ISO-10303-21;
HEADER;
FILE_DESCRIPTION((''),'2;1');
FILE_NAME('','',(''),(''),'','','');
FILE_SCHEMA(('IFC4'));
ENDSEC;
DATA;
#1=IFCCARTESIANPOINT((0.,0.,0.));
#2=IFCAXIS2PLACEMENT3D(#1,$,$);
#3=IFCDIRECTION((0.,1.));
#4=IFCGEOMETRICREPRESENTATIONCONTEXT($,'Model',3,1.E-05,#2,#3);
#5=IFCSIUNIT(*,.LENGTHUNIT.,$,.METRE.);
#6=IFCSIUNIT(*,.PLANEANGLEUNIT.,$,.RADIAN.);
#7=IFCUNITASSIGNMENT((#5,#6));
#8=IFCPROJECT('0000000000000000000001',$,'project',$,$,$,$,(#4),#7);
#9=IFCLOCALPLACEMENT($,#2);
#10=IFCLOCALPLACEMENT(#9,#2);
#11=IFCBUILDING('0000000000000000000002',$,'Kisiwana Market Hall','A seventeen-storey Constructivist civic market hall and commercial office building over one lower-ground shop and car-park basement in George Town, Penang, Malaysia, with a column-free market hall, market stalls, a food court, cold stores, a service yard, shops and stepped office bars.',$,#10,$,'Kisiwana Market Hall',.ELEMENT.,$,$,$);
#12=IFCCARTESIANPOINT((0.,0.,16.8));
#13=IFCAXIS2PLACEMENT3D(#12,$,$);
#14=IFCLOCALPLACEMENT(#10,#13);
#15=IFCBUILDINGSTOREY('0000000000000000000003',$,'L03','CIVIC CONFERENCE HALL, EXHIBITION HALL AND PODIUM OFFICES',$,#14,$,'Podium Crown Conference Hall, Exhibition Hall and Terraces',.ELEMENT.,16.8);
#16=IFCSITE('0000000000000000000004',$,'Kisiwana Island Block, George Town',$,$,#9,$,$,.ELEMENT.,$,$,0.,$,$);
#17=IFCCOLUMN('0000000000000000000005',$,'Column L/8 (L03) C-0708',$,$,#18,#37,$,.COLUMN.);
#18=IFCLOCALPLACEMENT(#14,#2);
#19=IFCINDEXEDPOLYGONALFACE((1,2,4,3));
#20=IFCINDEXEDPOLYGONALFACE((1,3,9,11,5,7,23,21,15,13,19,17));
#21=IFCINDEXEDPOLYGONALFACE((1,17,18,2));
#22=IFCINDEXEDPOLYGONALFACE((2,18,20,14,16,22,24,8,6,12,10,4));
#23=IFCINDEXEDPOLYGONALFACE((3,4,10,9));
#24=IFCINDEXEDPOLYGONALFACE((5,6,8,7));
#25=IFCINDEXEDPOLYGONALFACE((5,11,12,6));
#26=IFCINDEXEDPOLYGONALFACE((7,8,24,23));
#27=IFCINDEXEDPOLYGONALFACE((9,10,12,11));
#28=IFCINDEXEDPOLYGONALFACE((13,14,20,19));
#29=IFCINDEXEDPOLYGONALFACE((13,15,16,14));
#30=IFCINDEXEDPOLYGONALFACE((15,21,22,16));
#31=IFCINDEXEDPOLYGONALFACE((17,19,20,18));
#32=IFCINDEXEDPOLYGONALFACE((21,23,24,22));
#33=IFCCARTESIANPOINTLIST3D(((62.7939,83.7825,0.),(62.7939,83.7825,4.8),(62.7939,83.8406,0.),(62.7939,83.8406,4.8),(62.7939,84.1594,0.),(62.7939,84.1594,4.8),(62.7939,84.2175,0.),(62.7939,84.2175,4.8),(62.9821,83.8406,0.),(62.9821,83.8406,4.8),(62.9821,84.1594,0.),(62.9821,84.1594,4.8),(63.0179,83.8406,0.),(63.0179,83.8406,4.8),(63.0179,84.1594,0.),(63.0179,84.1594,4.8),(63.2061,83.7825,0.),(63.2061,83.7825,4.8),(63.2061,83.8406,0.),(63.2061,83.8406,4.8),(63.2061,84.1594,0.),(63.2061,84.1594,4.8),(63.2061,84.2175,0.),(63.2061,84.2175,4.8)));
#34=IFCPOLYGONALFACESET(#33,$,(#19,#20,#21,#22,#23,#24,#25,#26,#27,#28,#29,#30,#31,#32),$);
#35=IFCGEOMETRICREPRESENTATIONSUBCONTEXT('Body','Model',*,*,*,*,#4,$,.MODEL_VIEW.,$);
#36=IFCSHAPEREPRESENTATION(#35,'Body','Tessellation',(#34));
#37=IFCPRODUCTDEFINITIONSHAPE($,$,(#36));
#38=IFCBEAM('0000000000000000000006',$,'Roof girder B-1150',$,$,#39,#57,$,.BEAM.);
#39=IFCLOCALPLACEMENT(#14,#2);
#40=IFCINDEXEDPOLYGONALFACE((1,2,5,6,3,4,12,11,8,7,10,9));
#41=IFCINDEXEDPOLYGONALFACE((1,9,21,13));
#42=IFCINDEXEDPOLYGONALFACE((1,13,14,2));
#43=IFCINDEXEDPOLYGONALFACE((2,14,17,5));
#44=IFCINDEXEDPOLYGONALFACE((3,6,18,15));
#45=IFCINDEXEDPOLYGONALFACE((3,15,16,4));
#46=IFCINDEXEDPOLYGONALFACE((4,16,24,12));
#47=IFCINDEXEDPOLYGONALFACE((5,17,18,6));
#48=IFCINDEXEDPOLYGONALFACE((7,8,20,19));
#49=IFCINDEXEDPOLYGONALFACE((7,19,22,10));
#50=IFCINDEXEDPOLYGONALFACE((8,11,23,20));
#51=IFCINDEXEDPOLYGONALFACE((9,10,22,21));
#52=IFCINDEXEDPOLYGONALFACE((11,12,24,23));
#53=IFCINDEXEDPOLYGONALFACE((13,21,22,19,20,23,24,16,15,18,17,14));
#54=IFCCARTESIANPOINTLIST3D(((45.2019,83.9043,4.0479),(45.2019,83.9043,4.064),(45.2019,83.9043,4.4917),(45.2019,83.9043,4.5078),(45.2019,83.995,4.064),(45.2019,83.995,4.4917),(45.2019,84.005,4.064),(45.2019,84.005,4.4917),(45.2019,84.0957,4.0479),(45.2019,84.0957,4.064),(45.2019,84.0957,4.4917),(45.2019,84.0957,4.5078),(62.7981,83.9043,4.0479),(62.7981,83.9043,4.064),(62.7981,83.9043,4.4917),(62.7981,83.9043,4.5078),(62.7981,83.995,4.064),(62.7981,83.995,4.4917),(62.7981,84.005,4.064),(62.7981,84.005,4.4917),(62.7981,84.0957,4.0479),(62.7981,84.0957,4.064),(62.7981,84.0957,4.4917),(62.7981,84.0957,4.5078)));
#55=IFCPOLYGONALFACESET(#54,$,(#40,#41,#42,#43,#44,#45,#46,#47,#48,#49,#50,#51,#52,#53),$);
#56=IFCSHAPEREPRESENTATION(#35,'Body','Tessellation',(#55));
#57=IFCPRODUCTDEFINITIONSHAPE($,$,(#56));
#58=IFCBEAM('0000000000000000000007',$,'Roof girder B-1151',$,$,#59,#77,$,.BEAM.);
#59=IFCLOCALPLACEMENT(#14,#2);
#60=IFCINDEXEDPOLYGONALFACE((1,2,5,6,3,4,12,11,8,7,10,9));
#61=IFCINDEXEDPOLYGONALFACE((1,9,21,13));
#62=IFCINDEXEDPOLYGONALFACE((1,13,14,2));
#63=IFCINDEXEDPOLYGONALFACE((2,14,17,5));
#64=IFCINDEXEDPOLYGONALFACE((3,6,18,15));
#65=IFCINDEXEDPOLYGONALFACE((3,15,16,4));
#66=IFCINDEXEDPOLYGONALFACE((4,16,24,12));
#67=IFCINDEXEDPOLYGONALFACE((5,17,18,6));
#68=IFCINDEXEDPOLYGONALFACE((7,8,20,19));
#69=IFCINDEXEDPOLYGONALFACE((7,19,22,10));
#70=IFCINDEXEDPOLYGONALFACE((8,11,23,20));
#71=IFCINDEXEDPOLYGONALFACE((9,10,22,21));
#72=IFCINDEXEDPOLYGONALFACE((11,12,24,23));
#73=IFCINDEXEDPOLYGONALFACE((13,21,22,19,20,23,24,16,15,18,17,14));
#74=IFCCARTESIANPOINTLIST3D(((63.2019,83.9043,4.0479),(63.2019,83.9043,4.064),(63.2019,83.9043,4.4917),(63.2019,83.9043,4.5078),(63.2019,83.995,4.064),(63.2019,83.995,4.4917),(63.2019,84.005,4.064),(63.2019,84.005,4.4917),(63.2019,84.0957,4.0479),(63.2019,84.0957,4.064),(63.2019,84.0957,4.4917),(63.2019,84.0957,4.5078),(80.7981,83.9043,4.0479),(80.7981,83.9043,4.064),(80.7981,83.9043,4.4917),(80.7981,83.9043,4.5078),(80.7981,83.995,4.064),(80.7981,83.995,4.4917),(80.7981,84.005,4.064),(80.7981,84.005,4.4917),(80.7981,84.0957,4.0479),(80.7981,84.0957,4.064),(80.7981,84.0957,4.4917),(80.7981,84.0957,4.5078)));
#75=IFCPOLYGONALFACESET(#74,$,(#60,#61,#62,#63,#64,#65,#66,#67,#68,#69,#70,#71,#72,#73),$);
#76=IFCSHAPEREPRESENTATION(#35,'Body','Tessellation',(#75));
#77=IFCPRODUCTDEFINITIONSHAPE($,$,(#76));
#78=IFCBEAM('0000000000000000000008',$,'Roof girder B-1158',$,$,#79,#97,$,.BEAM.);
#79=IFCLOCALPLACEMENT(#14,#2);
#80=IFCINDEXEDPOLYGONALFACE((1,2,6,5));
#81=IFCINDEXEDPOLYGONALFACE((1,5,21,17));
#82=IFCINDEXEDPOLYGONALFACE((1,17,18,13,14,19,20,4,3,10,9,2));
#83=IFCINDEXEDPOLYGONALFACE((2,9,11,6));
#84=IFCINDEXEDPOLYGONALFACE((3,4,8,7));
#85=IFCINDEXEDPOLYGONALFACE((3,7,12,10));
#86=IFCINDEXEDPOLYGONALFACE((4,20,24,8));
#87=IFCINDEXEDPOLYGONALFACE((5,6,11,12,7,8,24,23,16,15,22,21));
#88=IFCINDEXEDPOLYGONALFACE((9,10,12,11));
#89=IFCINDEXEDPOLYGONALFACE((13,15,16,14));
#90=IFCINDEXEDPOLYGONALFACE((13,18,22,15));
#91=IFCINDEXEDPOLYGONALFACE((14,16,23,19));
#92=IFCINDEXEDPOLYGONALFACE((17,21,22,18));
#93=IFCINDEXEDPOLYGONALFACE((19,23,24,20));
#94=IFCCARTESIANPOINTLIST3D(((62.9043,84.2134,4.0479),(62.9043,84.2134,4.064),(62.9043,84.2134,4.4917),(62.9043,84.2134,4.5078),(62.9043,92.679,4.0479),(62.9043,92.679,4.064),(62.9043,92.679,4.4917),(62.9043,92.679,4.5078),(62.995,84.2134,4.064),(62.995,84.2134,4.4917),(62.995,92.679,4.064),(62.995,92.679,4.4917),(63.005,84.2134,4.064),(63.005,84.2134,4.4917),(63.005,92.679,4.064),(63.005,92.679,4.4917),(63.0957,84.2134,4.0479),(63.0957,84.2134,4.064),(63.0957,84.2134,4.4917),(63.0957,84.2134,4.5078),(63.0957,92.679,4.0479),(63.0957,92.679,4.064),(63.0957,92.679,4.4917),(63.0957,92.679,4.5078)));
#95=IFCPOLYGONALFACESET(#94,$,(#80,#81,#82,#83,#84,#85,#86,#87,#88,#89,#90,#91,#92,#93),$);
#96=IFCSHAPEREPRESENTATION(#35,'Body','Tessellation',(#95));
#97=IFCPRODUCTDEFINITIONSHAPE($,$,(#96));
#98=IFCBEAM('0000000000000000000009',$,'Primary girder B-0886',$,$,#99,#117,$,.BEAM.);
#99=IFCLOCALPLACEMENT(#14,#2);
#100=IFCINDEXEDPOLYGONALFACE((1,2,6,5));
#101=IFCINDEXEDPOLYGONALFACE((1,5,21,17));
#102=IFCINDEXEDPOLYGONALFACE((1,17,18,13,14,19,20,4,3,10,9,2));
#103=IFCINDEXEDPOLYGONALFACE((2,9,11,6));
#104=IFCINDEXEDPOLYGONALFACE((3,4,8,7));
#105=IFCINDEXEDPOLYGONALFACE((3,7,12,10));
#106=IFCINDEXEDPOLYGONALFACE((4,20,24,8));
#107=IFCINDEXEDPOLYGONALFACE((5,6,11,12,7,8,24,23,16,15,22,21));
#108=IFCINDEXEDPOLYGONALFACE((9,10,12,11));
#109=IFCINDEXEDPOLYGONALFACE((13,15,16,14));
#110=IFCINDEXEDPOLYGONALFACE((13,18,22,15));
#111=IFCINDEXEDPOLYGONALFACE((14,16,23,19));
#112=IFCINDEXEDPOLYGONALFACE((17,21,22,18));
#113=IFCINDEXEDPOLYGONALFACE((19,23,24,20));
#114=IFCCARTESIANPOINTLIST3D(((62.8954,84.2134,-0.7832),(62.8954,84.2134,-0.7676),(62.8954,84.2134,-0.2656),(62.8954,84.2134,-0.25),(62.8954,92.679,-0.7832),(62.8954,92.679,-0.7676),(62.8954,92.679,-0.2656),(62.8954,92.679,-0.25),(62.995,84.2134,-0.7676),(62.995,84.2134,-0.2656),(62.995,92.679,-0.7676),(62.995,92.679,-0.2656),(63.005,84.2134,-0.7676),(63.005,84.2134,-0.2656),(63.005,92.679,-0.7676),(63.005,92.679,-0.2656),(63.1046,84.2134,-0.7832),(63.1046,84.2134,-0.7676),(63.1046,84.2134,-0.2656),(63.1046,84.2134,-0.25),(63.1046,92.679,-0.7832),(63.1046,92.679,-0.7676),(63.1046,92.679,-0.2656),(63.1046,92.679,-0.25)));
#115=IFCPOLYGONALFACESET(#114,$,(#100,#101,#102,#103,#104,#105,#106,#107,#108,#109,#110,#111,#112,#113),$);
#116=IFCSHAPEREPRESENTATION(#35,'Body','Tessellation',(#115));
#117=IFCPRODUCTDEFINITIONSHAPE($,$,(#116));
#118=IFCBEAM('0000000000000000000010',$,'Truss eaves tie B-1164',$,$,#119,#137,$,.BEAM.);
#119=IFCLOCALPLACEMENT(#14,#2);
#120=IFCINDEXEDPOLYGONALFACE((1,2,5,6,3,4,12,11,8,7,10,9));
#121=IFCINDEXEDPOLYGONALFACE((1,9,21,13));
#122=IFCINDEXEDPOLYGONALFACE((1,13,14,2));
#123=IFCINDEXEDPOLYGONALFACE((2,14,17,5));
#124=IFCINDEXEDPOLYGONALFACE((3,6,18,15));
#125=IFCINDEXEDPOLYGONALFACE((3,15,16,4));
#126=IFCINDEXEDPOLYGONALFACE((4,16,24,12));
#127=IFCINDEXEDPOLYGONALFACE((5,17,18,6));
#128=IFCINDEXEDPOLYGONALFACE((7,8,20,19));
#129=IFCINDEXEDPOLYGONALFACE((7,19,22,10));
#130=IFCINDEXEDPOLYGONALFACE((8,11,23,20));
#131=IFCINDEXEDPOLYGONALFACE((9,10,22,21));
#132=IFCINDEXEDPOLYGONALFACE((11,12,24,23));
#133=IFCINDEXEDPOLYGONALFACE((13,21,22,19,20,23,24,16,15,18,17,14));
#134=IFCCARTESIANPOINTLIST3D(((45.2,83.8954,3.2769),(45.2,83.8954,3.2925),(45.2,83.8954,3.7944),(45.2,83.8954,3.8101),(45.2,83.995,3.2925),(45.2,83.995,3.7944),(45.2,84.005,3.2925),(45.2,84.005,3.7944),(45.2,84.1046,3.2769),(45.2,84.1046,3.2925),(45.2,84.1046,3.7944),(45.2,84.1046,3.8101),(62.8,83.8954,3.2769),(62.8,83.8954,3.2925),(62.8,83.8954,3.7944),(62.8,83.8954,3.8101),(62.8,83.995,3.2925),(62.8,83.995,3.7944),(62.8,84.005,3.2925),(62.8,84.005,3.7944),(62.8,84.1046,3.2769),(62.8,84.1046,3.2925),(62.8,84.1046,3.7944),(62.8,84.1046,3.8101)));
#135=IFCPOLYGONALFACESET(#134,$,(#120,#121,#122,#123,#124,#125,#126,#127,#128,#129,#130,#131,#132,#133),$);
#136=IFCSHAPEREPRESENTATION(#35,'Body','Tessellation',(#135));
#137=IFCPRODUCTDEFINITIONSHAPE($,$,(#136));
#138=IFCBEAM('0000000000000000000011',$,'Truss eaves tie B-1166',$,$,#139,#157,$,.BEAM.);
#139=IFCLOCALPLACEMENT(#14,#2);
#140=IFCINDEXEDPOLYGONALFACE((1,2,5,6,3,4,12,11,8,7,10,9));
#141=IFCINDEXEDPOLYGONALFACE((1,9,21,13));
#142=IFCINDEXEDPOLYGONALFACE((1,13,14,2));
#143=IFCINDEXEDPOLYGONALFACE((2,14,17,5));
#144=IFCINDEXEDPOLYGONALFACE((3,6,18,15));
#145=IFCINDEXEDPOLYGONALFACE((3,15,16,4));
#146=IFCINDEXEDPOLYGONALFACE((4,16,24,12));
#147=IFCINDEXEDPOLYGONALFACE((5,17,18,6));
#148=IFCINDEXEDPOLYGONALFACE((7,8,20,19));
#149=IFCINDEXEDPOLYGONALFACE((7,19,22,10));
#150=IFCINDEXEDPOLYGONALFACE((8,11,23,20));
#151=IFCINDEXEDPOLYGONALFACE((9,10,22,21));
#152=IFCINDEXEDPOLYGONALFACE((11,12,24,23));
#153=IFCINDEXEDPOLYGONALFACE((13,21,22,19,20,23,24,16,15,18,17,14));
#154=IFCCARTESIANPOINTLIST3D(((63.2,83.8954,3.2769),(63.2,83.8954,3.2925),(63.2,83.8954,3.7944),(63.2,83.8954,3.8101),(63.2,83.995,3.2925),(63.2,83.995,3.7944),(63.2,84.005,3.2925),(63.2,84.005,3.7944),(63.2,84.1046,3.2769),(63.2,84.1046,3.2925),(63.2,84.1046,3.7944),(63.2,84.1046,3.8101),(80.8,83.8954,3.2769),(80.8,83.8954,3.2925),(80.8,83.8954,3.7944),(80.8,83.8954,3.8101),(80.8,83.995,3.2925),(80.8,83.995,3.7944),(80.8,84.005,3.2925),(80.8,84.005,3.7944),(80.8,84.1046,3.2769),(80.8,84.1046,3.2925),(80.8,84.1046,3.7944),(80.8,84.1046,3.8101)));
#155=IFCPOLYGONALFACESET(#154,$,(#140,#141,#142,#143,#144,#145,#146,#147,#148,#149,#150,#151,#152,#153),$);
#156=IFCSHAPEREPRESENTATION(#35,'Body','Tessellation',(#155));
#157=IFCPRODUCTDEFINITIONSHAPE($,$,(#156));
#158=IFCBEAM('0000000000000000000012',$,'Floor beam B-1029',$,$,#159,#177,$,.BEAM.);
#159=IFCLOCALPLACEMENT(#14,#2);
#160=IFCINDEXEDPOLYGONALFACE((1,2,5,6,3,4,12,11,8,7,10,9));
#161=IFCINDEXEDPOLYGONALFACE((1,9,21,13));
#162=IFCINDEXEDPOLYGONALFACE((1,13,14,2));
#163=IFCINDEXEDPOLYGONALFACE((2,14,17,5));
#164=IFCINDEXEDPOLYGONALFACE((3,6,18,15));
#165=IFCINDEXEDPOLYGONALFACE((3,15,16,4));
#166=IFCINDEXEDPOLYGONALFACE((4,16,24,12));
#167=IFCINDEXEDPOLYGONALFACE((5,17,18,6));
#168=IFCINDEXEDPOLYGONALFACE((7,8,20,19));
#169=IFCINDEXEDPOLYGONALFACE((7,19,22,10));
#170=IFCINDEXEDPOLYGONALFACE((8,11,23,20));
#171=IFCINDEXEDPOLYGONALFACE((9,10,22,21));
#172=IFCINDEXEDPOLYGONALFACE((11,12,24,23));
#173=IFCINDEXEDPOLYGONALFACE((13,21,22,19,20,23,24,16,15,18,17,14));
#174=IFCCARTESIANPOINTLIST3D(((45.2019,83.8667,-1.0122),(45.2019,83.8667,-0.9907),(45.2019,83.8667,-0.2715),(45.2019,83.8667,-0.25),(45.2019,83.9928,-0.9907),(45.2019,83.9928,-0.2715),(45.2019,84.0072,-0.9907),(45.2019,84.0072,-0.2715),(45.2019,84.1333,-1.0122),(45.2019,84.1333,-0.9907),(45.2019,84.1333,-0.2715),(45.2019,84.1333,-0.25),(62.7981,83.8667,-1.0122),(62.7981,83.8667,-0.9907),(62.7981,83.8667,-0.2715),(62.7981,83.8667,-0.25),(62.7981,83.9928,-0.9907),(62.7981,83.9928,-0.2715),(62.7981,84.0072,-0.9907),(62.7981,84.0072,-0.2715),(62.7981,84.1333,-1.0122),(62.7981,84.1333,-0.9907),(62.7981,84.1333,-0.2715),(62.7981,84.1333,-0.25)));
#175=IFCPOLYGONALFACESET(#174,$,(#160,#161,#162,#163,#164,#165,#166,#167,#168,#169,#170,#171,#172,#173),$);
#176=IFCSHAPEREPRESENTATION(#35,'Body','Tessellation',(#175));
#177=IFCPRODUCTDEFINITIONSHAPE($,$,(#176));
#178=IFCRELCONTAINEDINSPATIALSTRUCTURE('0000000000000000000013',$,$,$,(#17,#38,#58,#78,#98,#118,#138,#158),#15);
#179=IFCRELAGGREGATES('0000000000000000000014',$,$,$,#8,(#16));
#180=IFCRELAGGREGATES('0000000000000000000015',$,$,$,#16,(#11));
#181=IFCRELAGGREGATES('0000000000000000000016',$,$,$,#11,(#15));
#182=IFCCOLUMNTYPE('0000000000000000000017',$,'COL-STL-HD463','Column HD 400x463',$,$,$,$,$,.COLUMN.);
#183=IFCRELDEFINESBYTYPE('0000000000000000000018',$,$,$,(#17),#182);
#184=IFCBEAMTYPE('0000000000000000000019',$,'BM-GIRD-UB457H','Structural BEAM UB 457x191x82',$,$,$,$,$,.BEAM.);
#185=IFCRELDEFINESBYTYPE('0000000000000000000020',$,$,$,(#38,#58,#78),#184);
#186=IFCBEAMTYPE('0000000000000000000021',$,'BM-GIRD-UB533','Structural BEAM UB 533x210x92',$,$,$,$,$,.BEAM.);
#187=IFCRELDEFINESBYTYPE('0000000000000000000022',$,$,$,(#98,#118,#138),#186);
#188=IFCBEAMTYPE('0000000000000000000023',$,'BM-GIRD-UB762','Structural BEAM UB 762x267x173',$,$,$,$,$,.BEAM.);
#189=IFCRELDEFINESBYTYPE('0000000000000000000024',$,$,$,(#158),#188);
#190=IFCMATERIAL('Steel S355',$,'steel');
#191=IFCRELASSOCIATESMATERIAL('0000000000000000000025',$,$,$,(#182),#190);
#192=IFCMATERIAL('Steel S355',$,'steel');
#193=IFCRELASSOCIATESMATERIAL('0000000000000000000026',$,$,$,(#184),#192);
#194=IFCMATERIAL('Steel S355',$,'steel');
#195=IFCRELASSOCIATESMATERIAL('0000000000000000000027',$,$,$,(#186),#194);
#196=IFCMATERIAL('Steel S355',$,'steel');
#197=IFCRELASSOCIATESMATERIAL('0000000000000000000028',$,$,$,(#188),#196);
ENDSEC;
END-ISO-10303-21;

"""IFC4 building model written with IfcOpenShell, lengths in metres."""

from ifc_helpers import new_model, si_unit, direction, frame, origin, origin_2d, place, context, subcontext, project, spatial, i_section, extrude, material, material_profile, profile_set, type_object, element, save


model = new_model("IFC4")

# Units and contexts
model_context = context("Model", 3, precision=1e-05, world=origin(), true_north=direction((0.0, 1.0)))
body_context = subcontext(model_context, "Body", "Model", "MODEL_VIEW")
ifc_project = project(units=[si_unit("LENGTHUNIT", "METRE"), si_unit("PLANEANGLEUNIT", "RADIAN")], contexts=[model_context])

# Site, building, storey
site_placement = place(None, origin())
site = spatial("IfcSite", under=ifc_project, at=site_placement, Name="Kisiwana Island Block, George Town", CompositionType="ELEMENT", RefElevation=0.0)
building_placement = place(site_placement, origin())
building = spatial("IfcBuilding", under=site, at=building_placement, Name="Kisiwana Market Hall", Description="A seventeen-storey Constructivist civic market hall and commercial office building over one lower-ground shop and car-park basement in George Town, Penang, Malaysia, with a column-free market hall, market stalls, a food court, cold stores, a service yard, shops and stepped office bars.", LongName="Kisiwana Market Hall", CompositionType="ELEMENT")
storey_placement = place(building_placement, frame((0.0, 0.0, 16.8)))
storey = spatial("IfcBuildingStorey", under=building, at=storey_placement, Name="L03", Description="CIVIC CONFERENCE HALL, EXHIBITION HALL AND PODIUM OFFICES", LongName="Podium Crown Conference Hall, Exhibition Hall and Terraces", CompositionType="ELEMENT", Elevation=16.8)

# Column
ifc_material_1 = material(Name="Steel S355", Category="steel")
ifc_material_profile_1 = material_profile(ifc_material_1, i_section(OverallWidth=0.4121, OverallDepth=0.4351, WebThickness=0.0359, FlangeThickness=0.0581, at=origin_2d()), Name="HD 400x463")
ifc_profile_set_1 = profile_set([ifc_material_profile_1], Name="Steel S355")
column_type = type_object("IfcColumnType", Name="COL-STL-HD463", Description="Column HD 400x463", PredefinedType="COLUMN", material=ifc_profile_set_1)
column_placement = place(storey_placement, frame((63.0, 84.0, 0.0), z_axis=(0.0, 0.0, 1.0), x_axis=(1.0, 0.0, 0.0)))
element("IfcColumn", 1, at=column_placement, inside=storey, type_object=column_type, Name="Column L/8 (L03) C-0708", PredefinedType="COLUMN", context=body_context, shape_type="SweptSolid", body=[
    extrude(i_section(OverallWidth=0.4121, OverallDepth=0.4351, WebThickness=0.0359, FlangeThickness=0.0581, at=origin_2d()), origin(), (0.0, 0.0, 1.0), 4.8),
])

# Beams
ifc_material_2 = material(Name="Steel S355", Category="steel")
ifc_material_profile_2 = material_profile(ifc_material_2, i_section(OverallWidth=0.1914, OverallDepth=0.46, WebThickness=0.01, FlangeThickness=0.0161, at=origin_2d()), Name="UB 457x191x82")
ifc_profile_set_2 = profile_set([ifc_material_profile_2], Name="Steel S355")
beam_type_1 = type_object("IfcBeamType", Name="BM-GIRD-UB457H", Description="Structural BEAM UB 457x191x82", PredefinedType="BEAM", material=ifc_profile_set_2)
for number, where, z_axis, x_axis, name in (
    (2, (45.2019, 84.0, 4.2778), (1.0, 0.0, 0.0), (0.0, 1.0, 0.0), "Roof girder B-1150"),
    (3, (63.2019, 84.0, 4.2778), (1.0, 0.0, 0.0), (0.0, 1.0, 0.0), "Roof girder B-1151"),
):
    element("IfcBeam", number, at=place(storey_placement, frame(where, z_axis=z_axis, x_axis=x_axis)), inside=storey, type_object=beam_type_1, Name=name, PredefinedType="BEAM", context=body_context, shape_type="SweptSolid", body=[
        extrude(i_section(OverallWidth=0.1914, OverallDepth=0.46, WebThickness=0.01, FlangeThickness=0.0161, at=origin_2d()), origin(), (0.0, 0.0, 1.0), 17.5962),
    ])
beam_1_placement = place(storey_placement, frame((63.0, 84.2134, 4.2778), z_axis=(0.0, 1.0, 0.0), x_axis=(-1.0, 0.0, 0.0)))
element("IfcBeam", 4, at=beam_1_placement, inside=storey, type_object=beam_type_1, Name="Roof girder B-1158", PredefinedType="BEAM", context=body_context, shape_type="SweptSolid", body=[
    extrude(i_section(OverallWidth=0.1914, OverallDepth=0.46, WebThickness=0.01, FlangeThickness=0.0161, at=origin_2d()), origin(), (0.0, 0.0, 1.0), 8.4656),
])
ifc_material_3 = material(Name="Steel S355", Category="steel")
ifc_material_profile_3 = material_profile(ifc_material_3, i_section(OverallWidth=0.2092, OverallDepth=0.5332, WebThickness=0.01, FlangeThickness=0.0156, at=origin_2d()), Name="UB 533x210x92")
ifc_profile_set_3 = profile_set([ifc_material_profile_3], Name="Steel S355")
beam_type_2 = type_object("IfcBeamType", Name="BM-GIRD-UB533", Description="Structural BEAM UB 533x210x92", PredefinedType="BEAM", material=ifc_profile_set_3)
beam_2_placement = place(storey_placement, frame((63.0, 84.2134, -0.5166), z_axis=(0.0, 1.0, 0.0), x_axis=(-1.0, 0.0, 0.0)))
element("IfcBeam", 5, at=beam_2_placement, inside=storey, type_object=beam_type_2, Name="Primary girder B-0886", PredefinedType="BEAM", context=body_context, shape_type="SweptSolid", body=[
    extrude(i_section(OverallWidth=0.2092, OverallDepth=0.5332, WebThickness=0.01, FlangeThickness=0.0156, at=origin_2d()), origin(), (0.0, 0.0, 1.0), 8.4656),
])
for number, where, z_axis, x_axis, name in (
    (6, (45.2, 84.0, 3.5435), (1.0, 0.0, 0.0), (0.0, 1.0, 0.0), "Truss eaves tie B-1164"),
    (7, (63.2, 84.0, 3.5435), (1.0, 0.0, 0.0), (0.0, 1.0, 0.0), "Truss eaves tie B-1166"),
):
    element("IfcBeam", number, at=place(storey_placement, frame(where, z_axis=z_axis, x_axis=x_axis)), inside=storey, type_object=beam_type_2, Name=name, PredefinedType="BEAM", context=body_context, shape_type="SweptSolid", body=[
        extrude(i_section(OverallWidth=0.2092, OverallDepth=0.5332, WebThickness=0.01, FlangeThickness=0.0156, at=origin_2d()), origin(), (0.0, 0.0, 1.0), 17.6001),
    ])
ifc_material_4 = material(Name="Steel S355", Category="steel")
ifc_material_profile_4 = material_profile(ifc_material_4, i_section(OverallWidth=0.2666, OverallDepth=0.7622, WebThickness=0.0144, FlangeThickness=0.0215, at=origin_2d()), Name="UB 762x267x173")
ifc_profile_set_4 = profile_set([ifc_material_profile_4], Name="Steel S355")
beam_type_3 = type_object("IfcBeamType", Name="BM-GIRD-UB762", Description="Structural BEAM UB 762x267x173", PredefinedType="BEAM", material=ifc_profile_set_4)
for number, where, z_axis, x_axis, name in (
    (8, (45.2019, 84.0, -0.6311), (1.0, 0.0, 0.0), (0.0, 1.0, 0.0), "Floor beam B-1029"),
):
    element("IfcBeam", number, at=place(storey_placement, frame(where, z_axis=z_axis, x_axis=x_axis)), inside=storey, type_object=beam_type_3, Name=name, PredefinedType="BEAM", context=body_context, shape_type="SweptSolid", body=[
        extrude(i_section(OverallWidth=0.2666, OverallDepth=0.7622, WebThickness=0.0144, FlangeThickness=0.0215, at=origin_2d()), origin(), (0.0, 0.0, 1.0), 17.5962),
    ])

save(model, "model.ifc")
